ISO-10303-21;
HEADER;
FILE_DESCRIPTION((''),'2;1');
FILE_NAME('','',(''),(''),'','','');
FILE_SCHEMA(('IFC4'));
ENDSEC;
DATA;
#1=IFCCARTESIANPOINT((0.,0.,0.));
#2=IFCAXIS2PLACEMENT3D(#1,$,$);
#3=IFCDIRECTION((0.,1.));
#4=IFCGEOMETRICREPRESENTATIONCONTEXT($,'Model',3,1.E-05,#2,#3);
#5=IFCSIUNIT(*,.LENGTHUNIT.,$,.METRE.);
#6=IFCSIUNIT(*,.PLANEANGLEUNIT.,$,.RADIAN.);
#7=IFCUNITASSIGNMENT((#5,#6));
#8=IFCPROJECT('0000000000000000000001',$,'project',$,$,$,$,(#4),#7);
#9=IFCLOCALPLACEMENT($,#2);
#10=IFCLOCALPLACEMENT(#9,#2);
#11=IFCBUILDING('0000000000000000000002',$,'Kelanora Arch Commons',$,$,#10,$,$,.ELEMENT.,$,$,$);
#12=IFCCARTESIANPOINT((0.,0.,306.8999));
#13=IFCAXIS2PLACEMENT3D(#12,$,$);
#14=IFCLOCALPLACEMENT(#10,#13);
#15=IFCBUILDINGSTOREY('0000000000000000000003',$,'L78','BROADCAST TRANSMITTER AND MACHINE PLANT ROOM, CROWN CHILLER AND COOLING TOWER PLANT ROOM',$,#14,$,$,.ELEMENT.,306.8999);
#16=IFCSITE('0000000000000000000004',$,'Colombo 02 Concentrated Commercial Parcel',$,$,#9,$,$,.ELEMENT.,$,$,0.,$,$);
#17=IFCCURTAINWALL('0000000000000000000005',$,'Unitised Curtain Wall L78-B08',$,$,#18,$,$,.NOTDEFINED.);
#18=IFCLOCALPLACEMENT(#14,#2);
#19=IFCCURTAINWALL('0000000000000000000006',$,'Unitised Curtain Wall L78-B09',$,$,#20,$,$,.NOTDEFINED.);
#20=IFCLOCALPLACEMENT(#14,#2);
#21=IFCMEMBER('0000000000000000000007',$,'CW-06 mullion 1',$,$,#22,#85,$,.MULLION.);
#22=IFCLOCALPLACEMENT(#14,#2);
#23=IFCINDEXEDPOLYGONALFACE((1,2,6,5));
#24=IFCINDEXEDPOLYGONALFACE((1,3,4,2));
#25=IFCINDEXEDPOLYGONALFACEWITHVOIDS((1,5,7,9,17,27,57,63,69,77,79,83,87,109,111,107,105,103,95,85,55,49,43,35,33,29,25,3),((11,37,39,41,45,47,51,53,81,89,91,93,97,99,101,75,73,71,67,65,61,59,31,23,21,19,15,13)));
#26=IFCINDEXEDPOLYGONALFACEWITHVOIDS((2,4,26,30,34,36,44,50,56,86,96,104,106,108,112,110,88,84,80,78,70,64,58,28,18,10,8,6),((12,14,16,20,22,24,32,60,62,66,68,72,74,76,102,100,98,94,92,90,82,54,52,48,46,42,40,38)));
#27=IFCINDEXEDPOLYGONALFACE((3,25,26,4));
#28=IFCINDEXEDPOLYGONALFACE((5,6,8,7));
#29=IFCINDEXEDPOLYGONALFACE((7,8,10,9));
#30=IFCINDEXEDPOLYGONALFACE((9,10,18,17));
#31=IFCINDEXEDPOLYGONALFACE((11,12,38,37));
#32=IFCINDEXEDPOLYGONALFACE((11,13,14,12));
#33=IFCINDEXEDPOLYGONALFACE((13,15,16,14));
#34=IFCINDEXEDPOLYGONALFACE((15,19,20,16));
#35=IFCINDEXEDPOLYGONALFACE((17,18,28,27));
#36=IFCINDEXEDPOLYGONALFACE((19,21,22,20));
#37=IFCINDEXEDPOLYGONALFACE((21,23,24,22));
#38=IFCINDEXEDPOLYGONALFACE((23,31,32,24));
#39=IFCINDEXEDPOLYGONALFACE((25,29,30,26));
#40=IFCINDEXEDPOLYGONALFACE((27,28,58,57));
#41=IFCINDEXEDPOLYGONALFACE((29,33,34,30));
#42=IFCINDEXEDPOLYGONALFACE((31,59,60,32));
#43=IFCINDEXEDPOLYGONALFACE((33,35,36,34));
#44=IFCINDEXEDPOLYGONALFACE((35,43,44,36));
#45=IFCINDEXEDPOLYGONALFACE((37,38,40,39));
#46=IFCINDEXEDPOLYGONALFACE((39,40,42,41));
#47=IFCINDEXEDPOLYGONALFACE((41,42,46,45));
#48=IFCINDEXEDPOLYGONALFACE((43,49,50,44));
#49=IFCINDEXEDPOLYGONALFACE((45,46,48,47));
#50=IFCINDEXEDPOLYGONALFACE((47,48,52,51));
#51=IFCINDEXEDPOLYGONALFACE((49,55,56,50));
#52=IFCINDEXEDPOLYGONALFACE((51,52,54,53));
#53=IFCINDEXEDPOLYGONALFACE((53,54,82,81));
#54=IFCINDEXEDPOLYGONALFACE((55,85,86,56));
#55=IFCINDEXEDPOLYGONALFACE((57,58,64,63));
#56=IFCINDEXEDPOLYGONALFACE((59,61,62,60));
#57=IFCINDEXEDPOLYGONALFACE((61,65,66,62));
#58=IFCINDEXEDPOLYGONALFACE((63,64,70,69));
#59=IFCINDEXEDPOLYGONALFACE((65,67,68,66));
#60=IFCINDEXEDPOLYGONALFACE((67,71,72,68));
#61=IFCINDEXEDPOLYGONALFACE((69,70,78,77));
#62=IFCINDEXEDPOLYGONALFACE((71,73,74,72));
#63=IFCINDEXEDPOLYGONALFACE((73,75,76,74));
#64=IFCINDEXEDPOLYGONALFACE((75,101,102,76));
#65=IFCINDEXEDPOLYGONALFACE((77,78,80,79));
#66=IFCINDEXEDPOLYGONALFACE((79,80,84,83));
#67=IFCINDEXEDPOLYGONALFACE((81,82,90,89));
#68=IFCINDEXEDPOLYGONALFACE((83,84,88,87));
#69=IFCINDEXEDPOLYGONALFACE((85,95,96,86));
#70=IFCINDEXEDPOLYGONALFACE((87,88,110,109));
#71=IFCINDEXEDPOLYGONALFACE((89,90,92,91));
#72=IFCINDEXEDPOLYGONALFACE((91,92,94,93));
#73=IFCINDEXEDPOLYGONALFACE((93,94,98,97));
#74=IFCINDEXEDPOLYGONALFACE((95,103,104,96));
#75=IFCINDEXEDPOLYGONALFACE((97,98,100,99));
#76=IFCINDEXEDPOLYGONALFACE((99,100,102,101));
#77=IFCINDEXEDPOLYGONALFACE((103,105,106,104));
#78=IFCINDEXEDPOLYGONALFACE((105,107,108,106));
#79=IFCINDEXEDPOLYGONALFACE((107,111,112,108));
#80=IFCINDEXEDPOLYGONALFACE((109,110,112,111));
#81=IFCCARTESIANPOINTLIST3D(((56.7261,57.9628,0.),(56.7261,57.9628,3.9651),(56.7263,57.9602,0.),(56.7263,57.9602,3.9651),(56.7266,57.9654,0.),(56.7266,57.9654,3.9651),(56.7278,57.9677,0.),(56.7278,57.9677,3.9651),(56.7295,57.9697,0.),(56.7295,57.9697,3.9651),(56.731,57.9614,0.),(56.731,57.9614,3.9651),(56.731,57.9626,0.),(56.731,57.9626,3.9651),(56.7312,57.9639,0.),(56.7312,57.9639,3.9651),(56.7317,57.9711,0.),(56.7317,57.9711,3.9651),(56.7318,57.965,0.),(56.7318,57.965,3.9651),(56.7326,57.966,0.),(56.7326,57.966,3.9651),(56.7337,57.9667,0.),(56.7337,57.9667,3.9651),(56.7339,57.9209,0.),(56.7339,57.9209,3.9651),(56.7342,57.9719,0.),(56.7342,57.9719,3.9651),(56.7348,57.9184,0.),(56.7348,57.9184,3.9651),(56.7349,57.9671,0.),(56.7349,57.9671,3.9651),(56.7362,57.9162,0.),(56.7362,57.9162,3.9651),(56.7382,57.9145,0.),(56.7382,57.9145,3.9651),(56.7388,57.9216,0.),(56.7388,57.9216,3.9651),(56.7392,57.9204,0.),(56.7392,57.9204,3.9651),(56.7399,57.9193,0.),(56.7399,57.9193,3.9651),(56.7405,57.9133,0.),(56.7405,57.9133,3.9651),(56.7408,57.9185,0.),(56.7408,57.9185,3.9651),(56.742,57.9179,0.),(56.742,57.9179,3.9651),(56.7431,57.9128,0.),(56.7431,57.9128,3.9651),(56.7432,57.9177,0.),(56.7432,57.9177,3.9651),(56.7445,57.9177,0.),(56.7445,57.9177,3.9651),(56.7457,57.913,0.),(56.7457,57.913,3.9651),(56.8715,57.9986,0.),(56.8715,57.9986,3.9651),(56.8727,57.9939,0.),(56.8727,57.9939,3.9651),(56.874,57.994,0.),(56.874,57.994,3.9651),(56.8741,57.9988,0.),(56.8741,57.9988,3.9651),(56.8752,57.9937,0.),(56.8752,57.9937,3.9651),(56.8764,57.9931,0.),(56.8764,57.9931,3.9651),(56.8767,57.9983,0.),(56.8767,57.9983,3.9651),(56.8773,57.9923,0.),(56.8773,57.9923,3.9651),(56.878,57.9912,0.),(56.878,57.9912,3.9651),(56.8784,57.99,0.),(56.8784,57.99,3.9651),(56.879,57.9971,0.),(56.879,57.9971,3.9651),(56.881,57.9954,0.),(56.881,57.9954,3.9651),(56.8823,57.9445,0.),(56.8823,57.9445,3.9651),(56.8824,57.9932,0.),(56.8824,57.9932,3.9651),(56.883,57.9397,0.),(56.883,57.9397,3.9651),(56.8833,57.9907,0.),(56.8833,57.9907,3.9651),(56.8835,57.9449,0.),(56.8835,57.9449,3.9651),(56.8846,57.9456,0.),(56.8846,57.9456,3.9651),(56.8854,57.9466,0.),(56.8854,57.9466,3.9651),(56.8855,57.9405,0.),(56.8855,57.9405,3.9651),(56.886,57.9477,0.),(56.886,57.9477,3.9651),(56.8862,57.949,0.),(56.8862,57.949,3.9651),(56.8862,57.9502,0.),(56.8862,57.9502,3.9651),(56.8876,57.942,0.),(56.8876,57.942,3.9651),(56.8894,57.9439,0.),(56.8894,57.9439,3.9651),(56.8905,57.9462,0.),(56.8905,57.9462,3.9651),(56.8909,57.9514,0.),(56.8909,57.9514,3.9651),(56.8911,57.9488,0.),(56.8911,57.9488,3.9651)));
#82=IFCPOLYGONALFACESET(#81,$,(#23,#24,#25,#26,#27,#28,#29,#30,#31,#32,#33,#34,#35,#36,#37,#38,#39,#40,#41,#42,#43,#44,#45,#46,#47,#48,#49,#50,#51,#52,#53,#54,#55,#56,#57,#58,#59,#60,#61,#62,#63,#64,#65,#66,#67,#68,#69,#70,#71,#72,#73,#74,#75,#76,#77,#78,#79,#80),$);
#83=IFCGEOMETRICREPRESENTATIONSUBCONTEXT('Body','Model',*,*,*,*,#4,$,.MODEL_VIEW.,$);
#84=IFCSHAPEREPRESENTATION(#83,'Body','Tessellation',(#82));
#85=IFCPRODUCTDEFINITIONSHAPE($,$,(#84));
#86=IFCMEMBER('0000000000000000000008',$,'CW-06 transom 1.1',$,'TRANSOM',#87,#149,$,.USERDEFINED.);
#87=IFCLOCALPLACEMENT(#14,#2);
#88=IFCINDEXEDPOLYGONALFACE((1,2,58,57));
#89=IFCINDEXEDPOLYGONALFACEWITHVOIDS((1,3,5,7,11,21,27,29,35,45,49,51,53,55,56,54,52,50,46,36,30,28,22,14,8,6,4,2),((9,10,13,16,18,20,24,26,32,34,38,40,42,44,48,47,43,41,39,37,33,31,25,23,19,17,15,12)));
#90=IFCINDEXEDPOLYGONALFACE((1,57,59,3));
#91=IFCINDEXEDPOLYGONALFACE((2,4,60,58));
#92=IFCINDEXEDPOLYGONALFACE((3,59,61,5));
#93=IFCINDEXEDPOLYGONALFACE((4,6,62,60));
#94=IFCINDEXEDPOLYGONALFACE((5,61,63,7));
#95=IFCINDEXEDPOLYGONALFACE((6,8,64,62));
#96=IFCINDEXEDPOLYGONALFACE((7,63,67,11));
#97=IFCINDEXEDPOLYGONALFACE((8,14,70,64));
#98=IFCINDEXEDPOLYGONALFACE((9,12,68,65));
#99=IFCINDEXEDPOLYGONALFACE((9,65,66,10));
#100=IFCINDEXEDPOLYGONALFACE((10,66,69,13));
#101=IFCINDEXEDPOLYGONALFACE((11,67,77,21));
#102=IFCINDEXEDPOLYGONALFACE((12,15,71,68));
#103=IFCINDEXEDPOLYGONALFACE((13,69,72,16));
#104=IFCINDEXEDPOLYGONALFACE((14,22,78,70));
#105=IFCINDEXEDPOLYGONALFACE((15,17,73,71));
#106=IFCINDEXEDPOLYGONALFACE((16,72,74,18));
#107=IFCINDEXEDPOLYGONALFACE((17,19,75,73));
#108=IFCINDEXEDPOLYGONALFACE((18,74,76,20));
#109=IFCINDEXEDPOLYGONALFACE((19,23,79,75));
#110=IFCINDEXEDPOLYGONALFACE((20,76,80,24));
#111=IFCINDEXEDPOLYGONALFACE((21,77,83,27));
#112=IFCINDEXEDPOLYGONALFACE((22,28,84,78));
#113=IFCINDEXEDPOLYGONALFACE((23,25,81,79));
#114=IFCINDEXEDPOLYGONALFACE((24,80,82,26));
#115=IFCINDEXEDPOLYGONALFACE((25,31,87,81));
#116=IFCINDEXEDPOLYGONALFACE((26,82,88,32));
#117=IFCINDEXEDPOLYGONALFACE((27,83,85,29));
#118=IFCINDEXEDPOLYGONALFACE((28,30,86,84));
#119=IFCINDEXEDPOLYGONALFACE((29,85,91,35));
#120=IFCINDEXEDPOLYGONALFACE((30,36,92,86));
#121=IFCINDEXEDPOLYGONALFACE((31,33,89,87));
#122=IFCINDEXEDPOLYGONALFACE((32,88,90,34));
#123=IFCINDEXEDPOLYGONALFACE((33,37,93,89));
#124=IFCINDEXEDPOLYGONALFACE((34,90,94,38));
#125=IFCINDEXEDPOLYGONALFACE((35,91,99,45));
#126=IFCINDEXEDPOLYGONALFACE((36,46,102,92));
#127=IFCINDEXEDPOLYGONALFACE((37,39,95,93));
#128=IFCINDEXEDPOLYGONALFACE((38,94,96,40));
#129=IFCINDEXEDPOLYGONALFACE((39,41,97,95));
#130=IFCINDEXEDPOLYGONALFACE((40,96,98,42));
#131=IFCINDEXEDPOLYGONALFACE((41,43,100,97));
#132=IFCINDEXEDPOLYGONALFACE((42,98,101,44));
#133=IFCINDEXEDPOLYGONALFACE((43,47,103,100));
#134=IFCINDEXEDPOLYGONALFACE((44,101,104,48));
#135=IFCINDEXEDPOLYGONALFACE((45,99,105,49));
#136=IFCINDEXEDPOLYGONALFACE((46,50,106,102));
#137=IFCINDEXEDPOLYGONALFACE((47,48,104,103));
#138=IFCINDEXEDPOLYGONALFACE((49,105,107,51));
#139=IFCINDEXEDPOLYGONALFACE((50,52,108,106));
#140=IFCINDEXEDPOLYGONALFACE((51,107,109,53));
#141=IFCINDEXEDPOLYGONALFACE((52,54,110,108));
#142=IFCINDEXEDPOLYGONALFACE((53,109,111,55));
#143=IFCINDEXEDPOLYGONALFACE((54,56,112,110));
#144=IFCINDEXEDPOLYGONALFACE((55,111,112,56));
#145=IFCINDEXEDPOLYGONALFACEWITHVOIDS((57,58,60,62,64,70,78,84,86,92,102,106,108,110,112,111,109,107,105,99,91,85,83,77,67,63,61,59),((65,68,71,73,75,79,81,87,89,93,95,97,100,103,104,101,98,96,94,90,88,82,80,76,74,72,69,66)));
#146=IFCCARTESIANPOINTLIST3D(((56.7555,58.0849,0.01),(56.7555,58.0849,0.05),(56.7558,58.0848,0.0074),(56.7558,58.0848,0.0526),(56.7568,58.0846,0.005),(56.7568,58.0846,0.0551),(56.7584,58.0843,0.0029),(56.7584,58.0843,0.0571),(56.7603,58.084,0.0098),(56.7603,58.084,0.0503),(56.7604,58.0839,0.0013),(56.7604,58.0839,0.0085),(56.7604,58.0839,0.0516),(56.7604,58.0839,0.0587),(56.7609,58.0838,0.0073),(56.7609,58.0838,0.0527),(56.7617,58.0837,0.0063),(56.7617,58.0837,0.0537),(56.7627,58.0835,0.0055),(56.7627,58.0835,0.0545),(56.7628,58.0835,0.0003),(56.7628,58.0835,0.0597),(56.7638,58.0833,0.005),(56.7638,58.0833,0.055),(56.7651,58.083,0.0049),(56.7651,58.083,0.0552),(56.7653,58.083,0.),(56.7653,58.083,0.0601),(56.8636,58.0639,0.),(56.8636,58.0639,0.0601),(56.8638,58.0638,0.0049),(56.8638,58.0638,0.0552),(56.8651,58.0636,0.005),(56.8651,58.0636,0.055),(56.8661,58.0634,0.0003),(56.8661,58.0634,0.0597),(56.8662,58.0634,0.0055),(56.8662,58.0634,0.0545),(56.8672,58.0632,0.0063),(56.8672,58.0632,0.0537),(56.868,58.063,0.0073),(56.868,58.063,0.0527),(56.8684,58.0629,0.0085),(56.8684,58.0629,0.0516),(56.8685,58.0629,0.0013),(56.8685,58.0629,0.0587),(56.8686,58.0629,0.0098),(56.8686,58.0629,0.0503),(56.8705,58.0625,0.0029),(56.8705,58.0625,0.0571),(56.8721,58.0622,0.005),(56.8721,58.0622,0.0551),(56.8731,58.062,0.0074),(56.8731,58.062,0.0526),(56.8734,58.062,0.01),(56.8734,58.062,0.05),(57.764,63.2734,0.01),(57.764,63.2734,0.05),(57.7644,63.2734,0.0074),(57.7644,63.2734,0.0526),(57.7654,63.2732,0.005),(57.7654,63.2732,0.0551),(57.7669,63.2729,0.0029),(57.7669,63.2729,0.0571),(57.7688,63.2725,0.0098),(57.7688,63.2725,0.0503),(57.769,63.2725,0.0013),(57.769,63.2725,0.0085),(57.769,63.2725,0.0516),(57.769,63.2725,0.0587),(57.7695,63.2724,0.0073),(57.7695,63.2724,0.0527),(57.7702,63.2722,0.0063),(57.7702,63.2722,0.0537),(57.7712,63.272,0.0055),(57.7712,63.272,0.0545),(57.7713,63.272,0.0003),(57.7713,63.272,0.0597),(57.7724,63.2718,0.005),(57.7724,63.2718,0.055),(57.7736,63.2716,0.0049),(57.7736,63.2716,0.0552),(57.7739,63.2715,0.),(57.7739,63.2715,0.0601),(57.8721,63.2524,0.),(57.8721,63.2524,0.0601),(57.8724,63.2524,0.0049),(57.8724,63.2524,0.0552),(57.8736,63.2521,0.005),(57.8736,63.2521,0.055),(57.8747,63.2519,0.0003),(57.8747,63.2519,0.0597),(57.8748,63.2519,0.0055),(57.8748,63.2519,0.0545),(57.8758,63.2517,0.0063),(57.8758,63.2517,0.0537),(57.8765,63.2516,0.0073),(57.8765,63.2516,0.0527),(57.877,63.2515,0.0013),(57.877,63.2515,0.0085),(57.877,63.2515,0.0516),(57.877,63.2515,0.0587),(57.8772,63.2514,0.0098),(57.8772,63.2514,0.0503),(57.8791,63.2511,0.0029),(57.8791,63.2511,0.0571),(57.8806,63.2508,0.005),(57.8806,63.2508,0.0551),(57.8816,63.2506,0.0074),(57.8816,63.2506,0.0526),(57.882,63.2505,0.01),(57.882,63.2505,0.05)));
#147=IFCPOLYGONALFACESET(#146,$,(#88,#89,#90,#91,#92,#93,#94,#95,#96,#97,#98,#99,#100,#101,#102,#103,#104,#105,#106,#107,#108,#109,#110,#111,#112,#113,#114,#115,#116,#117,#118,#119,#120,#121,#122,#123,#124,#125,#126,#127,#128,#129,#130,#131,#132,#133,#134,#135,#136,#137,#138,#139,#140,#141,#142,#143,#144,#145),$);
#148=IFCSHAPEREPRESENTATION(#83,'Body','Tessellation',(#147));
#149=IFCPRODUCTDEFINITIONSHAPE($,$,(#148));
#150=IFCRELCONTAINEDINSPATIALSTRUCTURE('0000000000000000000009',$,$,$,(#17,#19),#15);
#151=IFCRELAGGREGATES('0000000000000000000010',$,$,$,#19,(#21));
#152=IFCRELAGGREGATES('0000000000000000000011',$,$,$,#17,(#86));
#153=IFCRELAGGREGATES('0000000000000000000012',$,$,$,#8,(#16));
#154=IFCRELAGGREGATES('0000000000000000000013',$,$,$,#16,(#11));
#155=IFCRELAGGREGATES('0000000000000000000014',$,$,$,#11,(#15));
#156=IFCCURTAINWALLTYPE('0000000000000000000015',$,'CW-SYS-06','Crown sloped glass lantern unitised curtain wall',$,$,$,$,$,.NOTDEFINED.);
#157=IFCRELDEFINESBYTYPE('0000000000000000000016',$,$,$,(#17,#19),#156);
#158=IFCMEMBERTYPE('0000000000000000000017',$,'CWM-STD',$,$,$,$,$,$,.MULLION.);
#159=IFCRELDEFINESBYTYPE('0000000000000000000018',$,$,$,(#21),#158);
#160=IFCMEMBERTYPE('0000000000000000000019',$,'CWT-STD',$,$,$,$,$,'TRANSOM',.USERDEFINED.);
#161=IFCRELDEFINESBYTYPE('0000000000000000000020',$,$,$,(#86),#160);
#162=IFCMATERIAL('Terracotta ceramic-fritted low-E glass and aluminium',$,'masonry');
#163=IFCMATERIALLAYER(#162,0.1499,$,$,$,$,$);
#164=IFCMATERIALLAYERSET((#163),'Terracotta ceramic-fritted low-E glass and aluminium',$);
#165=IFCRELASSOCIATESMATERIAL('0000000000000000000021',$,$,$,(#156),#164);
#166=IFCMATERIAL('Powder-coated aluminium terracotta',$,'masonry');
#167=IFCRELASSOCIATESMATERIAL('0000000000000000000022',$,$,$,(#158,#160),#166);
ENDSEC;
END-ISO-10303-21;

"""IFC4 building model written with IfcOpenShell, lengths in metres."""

from ifc_helpers import new_model, si_unit, direction, frame, origin, origin_2d, place, context, subcontext, project, spatial, hollow_rectangle, extrude, material, layer, layer_set, material_profile, profile_set, type_object, element, aggregate, save


model = new_model("IFC4")

# Units and contexts
model_context = context("Model", 3, precision=1e-05, world=origin(), true_north=direction((0.0, 1.0)))
body_context = subcontext(model_context, "Body", "Model", "MODEL_VIEW")
ifc_project = project(units=[si_unit("LENGTHUNIT", "METRE"), si_unit("PLANEANGLEUNIT", "RADIAN")], contexts=[model_context])

# Site, building, storey
site_placement = place(None, origin())
site = spatial("IfcSite", under=ifc_project, at=site_placement, Name="Colombo 02 Concentrated Commercial Parcel", CompositionType="ELEMENT", RefElevation=0.0)
building_placement = place(site_placement, origin())
building = spatial("IfcBuilding", under=site, at=building_placement, Name="Kelanora Arch Commons", CompositionType="ELEMENT")
storey_placement = place(building_placement, frame((0.0, 0.0, 306.8999)))
storey = spatial("IfcBuildingStorey", under=building, at=storey_placement, Name="L78", Description="BROADCAST TRANSMITTER AND MACHINE PLANT ROOM, CROWN CHILLER AND COOLING TOWER PLANT ROOM", CompositionType="ELEMENT", Elevation=306.8999)

# Shared definitions
ifc_material_1 = material(Name="Terracotta ceramic-fritted low-E glass and aluminium", Category="masonry")
ifc_layer_1 = layer(ifc_material_1, 0.1499)
ifc_layer_set_1 = layer_set([ifc_layer_1], Name="Terracotta ceramic-fritted low-E glass and aluminium")
curtain_wall_type = type_object("IfcCurtainWallType", Name="CW-SYS-06", Description="Crown sloped glass lantern unitised curtain wall", PredefinedType="NOTDEFINED", material=ifc_layer_set_1)
ifc_material_2 = material(Name="Powder-coated aluminium terracotta", Category="masonry")
ifc_material_profile_1 = material_profile(ifc_material_2, hollow_rectangle(XDim=0.1599, YDim=0.0601, WallThickness=0.0049, InnerFilletRadius=0.0049, OuterFilletRadius=0.01, at=origin_2d()), Name="CWM160x60")
ifc_profile_set_1 = profile_set([ifc_material_profile_1], Name="Powder-coated aluminium terracotta")
member_type_1 = type_object("IfcMemberType", Name="CWM-STD", PredefinedType="MULLION", material=ifc_profile_set_1)

# Curtain wall
curtain_wall_1_placement = place(storey_placement, origin())
curtain_wall_1 = element("IfcCurtainWall", 1, at=curtain_wall_1_placement, inside=storey, type_object=curtain_wall_type, Name="Unitised Curtain Wall L78-B08", PredefinedType="NOTDEFINED")

# Curtain wall, member
curtain_wall_2_placement = place(storey_placement, origin())
curtain_wall_2 = element("IfcCurtainWall", 2, at=curtain_wall_2_placement, inside=storey, type_object=curtain_wall_type, Name="Unitised Curtain Wall L78-B09", PredefinedType="NOTDEFINED")
member_1_placement = place(storey_placement, frame((56.8086, 57.9558, 0.0), z_axis=(0.0, 0.0, 1.0), x_axis=(0.981624, 0.190827, 0.0)))
member_1 = element("IfcMember", 3, at=member_1_placement, type_object=member_type_1, Name="CW-06 mullion 1", PredefinedType="MULLION", context=body_context, shape_type="SweptSolid", body=[
    extrude(hollow_rectangle(XDim=0.1599, YDim=0.0601, WallThickness=0.0049, InnerFilletRadius=0.0049, OuterFilletRadius=0.01, at=origin_2d()), origin(), (0.0, 0.0, 1.0), 3.9651),
])

# Member
ifc_material_profile_2 = material_profile(ifc_material_2, hollow_rectangle(XDim=0.1201, YDim=0.0601, WallThickness=0.0049, InnerFilletRadius=0.0049, OuterFilletRadius=0.01, at=origin_2d()), Name="CWT120x60")
ifc_profile_set_2 = profile_set([ifc_material_profile_2], Name="Powder-coated aluminium terracotta")
member_type_2 = type_object("IfcMemberType", Name="CWT-STD", ElementType="TRANSOM", PredefinedType="USERDEFINED", material=ifc_profile_set_2)
member_2_placement = place(storey_placement, frame((57.823, 63.262, 0.03), z_axis=(-0.19081, -0.981627, 0.0), x_axis=(0.981627, -0.19081, 0.0)))
member_2 = element("IfcMember", 4, at=member_2_placement, type_object=member_type_2, Name="CW-06 transom 1.1", ObjectType="TRANSOM", PredefinedType="USERDEFINED", context=body_context, shape_type="SweptSolid", body=[
    extrude(hollow_rectangle(XDim=0.1201, YDim=0.0601, WallThickness=0.0049, InnerFilletRadius=0.0049, OuterFilletRadius=0.01, at=origin_2d()), origin(), (0.0, 0.0, 1.0), 5.2856),
])
aggregate(curtain_wall_2, [member_1])

aggregate(curtain_wall_1, [member_2])

save(model, "model.ifc")
